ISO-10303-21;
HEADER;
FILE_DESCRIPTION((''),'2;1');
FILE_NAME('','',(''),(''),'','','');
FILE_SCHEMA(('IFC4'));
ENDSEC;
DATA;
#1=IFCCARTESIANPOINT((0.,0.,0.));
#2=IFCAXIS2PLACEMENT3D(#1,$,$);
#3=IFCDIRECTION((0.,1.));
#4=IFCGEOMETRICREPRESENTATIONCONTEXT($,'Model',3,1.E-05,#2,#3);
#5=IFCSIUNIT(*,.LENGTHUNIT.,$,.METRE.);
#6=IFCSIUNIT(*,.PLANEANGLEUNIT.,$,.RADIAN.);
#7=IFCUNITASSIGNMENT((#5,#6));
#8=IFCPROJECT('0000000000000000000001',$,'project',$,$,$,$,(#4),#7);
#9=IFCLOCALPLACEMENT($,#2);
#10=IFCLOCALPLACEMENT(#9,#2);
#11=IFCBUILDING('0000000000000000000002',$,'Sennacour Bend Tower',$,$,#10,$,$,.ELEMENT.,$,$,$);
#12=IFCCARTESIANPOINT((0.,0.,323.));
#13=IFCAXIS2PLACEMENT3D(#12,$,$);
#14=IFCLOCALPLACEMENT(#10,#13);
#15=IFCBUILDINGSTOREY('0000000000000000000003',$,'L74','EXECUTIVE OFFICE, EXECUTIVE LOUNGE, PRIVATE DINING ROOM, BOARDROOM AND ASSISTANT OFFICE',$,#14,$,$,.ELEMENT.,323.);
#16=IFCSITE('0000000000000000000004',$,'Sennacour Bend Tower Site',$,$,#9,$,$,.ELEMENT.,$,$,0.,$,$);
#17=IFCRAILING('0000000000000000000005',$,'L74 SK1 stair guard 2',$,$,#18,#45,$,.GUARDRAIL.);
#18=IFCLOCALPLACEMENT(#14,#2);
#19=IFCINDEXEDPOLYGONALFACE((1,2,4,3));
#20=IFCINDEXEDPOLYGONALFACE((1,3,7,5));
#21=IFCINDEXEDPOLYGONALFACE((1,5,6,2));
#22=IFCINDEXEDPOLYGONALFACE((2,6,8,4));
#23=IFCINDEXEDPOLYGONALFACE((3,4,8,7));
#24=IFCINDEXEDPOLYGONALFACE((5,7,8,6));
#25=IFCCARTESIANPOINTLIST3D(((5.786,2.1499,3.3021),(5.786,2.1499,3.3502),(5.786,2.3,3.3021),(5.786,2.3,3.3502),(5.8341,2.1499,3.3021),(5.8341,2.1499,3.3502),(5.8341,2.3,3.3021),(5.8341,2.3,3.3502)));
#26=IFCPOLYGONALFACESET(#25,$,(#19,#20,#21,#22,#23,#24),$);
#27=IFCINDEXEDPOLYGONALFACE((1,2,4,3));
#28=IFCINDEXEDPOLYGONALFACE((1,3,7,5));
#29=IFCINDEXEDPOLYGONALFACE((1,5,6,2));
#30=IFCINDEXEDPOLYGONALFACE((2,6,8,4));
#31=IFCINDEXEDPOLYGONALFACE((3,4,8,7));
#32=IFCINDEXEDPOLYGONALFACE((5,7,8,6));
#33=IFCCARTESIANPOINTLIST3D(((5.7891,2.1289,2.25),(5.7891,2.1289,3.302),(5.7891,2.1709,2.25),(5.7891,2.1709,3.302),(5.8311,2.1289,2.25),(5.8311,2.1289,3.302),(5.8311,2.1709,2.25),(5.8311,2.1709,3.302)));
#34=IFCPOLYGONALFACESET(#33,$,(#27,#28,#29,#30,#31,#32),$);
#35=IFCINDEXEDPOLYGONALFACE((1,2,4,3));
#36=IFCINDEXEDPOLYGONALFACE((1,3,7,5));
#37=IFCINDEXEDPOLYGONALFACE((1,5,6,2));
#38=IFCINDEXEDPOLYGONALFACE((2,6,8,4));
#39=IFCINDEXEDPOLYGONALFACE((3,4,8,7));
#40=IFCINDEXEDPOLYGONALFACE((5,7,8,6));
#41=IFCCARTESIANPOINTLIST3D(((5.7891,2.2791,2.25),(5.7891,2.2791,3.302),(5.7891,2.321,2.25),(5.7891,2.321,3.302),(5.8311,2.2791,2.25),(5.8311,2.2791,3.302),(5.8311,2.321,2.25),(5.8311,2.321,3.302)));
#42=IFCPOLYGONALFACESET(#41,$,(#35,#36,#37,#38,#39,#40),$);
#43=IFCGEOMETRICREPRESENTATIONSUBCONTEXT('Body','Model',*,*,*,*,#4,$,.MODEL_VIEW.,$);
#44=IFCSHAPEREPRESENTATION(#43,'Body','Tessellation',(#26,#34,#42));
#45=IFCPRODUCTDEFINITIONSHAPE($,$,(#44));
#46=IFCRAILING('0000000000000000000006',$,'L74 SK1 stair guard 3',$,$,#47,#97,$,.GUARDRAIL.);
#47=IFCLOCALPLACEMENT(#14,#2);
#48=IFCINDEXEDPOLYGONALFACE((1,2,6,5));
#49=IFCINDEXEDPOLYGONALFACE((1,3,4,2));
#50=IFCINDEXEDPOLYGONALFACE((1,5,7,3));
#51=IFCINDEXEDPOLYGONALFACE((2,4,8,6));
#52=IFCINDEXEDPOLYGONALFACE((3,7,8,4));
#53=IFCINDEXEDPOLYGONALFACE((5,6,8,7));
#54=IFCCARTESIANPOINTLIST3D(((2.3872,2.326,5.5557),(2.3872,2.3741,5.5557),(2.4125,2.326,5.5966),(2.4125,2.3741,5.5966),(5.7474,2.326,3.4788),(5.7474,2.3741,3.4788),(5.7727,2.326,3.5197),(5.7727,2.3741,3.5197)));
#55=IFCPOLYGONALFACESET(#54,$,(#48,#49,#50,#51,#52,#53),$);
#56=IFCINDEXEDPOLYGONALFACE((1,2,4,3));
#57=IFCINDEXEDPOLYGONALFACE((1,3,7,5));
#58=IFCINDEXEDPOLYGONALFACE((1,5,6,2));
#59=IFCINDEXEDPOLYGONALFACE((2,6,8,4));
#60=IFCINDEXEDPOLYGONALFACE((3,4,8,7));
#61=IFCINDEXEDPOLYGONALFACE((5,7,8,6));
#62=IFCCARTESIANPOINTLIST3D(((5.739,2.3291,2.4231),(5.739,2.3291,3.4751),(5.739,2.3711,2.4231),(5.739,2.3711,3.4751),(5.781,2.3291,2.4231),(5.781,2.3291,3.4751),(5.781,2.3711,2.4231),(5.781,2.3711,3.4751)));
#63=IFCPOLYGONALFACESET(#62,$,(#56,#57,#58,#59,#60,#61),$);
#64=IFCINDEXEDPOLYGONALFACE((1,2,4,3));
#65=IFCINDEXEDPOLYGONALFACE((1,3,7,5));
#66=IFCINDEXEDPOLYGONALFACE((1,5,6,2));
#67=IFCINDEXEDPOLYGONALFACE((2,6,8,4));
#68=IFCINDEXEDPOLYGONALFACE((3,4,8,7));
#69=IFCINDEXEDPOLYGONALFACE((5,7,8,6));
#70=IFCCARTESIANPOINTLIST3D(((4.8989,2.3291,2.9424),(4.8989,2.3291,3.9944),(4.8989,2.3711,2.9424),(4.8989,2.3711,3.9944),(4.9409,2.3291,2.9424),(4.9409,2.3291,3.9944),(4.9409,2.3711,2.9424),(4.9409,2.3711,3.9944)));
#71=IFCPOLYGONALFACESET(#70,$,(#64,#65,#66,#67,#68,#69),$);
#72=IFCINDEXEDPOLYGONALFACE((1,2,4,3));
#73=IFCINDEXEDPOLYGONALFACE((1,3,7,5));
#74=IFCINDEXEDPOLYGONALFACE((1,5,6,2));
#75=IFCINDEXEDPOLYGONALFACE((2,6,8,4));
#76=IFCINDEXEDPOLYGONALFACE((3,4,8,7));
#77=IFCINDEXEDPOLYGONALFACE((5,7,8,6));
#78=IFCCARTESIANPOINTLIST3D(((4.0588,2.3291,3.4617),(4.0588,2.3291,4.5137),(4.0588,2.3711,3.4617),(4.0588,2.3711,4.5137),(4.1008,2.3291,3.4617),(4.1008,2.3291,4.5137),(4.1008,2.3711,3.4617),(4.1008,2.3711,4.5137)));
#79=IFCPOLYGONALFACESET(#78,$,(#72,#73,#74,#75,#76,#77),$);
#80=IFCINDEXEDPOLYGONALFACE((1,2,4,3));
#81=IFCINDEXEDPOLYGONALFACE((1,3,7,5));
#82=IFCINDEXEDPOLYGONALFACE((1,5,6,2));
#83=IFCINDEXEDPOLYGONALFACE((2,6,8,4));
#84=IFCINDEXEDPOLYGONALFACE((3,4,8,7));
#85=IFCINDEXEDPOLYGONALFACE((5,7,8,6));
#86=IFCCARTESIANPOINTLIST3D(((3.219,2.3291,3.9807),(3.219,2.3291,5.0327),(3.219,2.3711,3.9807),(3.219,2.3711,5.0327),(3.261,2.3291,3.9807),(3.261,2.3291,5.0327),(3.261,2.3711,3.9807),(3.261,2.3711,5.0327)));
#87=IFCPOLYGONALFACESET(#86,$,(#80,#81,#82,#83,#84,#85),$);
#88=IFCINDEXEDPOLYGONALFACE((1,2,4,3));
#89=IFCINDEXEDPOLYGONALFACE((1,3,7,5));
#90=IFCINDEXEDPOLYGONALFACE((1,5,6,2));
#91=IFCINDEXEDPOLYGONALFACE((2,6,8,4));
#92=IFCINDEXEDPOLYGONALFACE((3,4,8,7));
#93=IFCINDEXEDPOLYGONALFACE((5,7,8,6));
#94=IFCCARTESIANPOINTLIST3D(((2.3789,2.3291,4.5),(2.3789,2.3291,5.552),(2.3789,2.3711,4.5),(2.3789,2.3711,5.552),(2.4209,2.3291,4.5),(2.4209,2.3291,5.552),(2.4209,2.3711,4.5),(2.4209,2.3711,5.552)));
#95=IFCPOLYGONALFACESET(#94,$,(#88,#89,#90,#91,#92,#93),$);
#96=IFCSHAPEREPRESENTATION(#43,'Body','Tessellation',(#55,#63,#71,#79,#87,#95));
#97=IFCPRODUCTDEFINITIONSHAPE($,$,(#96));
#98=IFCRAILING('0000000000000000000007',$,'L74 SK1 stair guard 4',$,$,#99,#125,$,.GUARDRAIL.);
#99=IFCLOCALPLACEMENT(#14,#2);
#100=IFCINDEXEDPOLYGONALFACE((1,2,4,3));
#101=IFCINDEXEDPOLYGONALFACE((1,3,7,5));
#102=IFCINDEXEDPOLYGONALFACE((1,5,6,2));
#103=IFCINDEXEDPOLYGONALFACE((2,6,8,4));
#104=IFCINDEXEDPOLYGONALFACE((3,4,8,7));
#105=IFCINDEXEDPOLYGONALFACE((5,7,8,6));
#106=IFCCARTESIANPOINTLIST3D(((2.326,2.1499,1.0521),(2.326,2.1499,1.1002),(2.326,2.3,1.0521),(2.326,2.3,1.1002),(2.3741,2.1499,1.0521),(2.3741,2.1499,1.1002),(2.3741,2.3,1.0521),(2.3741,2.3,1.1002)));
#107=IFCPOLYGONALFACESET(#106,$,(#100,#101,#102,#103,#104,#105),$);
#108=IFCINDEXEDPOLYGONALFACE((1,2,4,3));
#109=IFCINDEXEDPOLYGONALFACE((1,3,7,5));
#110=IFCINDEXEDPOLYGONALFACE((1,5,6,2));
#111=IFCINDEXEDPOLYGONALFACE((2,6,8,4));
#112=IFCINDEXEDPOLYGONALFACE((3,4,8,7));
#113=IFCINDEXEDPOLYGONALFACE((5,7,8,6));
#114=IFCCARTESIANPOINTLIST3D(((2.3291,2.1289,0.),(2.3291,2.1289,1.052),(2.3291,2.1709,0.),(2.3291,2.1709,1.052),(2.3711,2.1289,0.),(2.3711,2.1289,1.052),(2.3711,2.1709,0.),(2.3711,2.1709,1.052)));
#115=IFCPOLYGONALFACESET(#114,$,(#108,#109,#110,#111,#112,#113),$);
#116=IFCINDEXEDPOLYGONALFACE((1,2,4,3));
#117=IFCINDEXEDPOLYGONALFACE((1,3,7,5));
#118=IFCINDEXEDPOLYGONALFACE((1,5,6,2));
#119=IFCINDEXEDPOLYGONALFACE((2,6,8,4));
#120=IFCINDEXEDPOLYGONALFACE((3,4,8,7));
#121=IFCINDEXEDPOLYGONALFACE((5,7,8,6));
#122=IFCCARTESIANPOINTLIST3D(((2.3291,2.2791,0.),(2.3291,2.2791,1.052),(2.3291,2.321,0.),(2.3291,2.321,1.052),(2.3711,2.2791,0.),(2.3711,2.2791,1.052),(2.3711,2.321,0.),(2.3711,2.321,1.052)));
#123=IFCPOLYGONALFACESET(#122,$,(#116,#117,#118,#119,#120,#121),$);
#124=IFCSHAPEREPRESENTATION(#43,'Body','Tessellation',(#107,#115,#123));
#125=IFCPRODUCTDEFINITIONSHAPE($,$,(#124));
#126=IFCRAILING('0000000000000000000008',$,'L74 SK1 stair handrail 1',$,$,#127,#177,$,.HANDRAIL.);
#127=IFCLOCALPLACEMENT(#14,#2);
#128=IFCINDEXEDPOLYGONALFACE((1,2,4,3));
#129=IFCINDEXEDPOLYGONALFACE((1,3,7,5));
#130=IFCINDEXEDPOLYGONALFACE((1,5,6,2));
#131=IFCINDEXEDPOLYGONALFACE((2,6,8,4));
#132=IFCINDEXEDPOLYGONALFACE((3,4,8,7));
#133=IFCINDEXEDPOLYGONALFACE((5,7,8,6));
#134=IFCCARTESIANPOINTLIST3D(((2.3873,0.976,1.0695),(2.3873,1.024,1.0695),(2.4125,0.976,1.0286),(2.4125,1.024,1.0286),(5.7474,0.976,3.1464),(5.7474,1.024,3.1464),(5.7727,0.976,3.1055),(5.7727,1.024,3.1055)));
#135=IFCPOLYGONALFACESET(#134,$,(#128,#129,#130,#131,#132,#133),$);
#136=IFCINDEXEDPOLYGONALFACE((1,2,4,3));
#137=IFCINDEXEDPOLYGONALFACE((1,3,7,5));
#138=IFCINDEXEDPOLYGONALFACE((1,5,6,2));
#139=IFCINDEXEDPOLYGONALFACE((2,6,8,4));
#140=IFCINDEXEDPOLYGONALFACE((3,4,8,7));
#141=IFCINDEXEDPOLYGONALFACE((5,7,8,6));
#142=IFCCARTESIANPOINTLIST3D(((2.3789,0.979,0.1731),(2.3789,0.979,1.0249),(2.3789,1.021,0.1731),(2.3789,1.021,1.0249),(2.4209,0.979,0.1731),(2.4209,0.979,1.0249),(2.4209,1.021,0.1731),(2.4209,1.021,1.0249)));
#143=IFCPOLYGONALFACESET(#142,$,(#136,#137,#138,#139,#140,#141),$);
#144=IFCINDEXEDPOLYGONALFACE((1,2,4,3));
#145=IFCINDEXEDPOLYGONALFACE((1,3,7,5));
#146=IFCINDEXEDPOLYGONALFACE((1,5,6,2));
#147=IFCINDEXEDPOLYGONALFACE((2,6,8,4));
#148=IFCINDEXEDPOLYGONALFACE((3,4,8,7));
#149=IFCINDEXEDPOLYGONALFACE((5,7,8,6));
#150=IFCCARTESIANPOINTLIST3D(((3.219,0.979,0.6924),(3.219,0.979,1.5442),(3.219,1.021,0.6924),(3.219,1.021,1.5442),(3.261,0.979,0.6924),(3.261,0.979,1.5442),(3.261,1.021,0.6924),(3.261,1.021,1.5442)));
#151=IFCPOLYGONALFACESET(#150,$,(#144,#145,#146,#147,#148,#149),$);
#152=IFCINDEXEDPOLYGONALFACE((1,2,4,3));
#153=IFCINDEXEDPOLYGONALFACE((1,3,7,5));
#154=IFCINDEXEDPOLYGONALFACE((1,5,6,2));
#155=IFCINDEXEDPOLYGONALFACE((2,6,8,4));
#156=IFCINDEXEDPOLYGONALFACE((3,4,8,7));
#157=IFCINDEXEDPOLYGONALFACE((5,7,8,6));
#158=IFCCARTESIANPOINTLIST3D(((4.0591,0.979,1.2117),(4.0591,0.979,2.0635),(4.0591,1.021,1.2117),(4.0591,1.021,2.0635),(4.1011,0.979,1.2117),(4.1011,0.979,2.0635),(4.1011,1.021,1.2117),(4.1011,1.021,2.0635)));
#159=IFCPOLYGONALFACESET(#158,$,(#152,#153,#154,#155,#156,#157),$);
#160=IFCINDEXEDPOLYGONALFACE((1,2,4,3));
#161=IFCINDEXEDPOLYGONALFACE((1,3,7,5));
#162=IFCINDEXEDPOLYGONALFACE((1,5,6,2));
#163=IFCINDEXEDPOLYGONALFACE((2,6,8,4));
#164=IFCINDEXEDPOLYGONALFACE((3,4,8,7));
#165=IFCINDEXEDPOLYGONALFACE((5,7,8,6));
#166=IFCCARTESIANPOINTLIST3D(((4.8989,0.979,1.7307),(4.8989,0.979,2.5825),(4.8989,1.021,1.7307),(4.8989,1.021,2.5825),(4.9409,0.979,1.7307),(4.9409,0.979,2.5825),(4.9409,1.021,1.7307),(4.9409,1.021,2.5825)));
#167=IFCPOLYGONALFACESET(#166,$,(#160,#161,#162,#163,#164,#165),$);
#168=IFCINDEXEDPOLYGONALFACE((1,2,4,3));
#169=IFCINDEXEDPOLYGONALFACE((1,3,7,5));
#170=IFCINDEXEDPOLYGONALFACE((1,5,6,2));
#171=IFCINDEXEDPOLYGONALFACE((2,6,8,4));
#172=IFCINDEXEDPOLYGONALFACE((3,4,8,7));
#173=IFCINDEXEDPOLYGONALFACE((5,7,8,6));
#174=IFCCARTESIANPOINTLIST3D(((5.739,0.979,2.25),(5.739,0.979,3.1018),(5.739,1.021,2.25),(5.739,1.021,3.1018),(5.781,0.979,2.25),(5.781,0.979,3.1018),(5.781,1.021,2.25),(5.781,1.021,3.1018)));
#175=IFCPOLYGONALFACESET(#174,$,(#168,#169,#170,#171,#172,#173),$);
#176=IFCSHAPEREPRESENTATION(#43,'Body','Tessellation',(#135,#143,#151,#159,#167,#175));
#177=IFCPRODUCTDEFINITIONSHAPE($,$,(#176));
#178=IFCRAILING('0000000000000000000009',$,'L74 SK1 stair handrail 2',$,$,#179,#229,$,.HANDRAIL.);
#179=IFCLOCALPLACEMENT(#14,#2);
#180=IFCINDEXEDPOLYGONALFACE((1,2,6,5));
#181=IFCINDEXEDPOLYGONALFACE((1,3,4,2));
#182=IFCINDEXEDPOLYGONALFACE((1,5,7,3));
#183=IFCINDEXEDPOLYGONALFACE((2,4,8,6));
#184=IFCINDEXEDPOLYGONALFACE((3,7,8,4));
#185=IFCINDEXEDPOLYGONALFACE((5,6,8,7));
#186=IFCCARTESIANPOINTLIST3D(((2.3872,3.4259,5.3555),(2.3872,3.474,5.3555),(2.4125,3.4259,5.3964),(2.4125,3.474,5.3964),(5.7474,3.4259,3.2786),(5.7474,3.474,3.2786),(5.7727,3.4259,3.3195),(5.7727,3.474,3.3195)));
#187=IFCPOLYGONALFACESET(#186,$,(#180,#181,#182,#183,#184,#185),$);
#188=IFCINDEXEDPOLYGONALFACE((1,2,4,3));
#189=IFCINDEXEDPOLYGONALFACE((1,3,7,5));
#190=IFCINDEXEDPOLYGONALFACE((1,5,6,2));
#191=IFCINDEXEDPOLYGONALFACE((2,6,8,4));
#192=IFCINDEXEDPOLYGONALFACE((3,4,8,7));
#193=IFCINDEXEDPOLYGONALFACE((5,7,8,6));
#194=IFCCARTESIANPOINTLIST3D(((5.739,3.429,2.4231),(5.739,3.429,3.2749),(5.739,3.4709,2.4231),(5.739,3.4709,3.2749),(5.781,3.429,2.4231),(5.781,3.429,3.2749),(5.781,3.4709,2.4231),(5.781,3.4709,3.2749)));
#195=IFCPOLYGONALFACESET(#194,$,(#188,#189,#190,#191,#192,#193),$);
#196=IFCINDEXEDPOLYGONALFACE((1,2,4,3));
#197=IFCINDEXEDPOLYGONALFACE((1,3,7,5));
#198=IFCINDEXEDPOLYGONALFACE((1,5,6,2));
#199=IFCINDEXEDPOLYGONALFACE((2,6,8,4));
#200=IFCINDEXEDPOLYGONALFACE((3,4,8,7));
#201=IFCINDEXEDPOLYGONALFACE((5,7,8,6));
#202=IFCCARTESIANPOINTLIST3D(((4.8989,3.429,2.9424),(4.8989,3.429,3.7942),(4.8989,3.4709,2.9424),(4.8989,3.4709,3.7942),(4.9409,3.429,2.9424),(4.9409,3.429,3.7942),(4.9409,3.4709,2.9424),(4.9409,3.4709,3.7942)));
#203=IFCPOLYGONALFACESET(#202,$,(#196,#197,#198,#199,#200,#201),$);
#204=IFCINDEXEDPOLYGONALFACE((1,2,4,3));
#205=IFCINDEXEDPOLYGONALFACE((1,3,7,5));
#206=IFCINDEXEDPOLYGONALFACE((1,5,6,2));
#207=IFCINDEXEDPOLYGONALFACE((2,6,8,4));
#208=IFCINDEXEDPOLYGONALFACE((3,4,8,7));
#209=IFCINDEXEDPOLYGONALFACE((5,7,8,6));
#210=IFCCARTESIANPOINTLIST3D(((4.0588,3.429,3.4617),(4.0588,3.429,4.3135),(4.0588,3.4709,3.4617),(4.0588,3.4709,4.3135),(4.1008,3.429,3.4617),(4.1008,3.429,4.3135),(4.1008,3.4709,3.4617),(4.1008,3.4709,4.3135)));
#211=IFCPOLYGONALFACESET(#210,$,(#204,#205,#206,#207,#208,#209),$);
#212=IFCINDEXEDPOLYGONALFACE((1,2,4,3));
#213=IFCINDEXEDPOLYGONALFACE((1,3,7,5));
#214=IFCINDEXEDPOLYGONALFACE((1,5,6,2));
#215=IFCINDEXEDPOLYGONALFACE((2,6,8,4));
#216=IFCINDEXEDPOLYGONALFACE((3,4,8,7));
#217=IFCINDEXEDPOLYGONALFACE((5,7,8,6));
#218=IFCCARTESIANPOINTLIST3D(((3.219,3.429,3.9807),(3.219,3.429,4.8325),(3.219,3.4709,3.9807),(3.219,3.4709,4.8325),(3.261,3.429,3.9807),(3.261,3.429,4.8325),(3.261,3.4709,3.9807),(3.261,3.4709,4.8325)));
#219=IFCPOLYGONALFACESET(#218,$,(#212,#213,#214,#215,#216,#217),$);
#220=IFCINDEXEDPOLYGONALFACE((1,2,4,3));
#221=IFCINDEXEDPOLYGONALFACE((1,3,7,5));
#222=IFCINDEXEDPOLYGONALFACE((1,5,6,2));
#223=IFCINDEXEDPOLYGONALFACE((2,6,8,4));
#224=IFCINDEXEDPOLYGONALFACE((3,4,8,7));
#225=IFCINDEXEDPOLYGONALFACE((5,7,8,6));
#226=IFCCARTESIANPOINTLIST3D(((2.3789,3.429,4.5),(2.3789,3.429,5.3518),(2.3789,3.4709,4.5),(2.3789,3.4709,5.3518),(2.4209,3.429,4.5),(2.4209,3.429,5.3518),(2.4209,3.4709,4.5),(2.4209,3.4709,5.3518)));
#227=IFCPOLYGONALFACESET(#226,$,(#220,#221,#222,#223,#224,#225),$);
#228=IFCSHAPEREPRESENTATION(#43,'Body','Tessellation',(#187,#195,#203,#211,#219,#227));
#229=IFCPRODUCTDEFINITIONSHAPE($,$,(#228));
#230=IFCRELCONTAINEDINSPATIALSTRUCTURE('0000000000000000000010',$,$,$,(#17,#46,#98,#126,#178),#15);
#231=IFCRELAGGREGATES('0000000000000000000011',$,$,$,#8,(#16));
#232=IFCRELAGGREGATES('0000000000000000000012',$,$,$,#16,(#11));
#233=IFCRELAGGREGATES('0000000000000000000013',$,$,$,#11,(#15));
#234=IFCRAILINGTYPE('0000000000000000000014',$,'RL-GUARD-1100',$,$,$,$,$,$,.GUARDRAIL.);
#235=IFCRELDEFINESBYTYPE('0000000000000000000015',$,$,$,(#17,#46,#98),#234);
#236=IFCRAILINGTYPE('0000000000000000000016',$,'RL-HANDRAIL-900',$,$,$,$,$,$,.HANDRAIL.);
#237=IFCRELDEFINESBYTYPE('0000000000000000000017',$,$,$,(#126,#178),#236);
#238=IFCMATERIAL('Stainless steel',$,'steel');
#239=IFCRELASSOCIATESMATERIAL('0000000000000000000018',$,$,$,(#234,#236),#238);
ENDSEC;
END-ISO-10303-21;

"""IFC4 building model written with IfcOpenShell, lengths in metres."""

from ifc_helpers import new_model, si_unit, direction, frame, origin, origin_2d, place, context, subcontext, project, spatial, rectangle, extrude, material, type_object, element, save


model = new_model("IFC4")

# Units and contexts
model_context = context("Model", 3, precision=1e-05, world=origin(), true_north=direction((0.0, 1.0)))
body_context = subcontext(model_context, "Body", "Model", "MODEL_VIEW")
ifc_project = project(units=[si_unit("LENGTHUNIT", "METRE"), si_unit("PLANEANGLEUNIT", "RADIAN")], contexts=[model_context])

# Site, building, storey
site_placement = place(None, origin())
site = spatial("IfcSite", under=ifc_project, at=site_placement, Name="Sennacour Bend Tower Site", CompositionType="ELEMENT", RefElevation=0.0)
building_placement = place(site_placement, origin())
building = spatial("IfcBuilding", under=site, at=building_placement, Name="Sennacour Bend Tower", CompositionType="ELEMENT")
storey_placement = place(building_placement, frame((0.0, 0.0, 323.0)))
storey = spatial("IfcBuildingStorey", under=building, at=storey_placement, Name="L74", Description="EXECUTIVE OFFICE, EXECUTIVE LOUNGE, PRIVATE DINING ROOM, BOARDROOM AND ASSISTANT OFFICE", CompositionType="ELEMENT", Elevation=323.0)

# Railings
ifc_material_1 = material(Name="Stainless steel", Category="steel")
railing_type_1 = type_object("IfcRailingType", Name="RL-GUARD-1100", PredefinedType="GUARDRAIL", material=ifc_material_1)
railing_1_placement = place(storey_placement, frame((5.8101, 2.1499, 2.25)))
element("IfcRailing", 1, at=railing_1_placement, inside=storey, type_object=railing_type_1, Name="L74 SK1 stair guard 2", PredefinedType="GUARDRAIL", context=body_context, shape_type="SweptSolid", body=[
    extrude(rectangle(XDim=0.0481, YDim=0.0481, at=origin_2d()), frame((0.0, 0.0, 1.0762), z_axis=(0.0, 1.0, 0.0), x_axis=(-1.0, 0.0, 0.0)), (0.0, 0.0, 1.0), 0.1501),
    extrude(rectangle(XDim=0.042, YDim=0.042, at=origin_2d()), origin(), (0.0, 0.0, 1.0), 1.052),
    extrude(rectangle(XDim=0.042, YDim=0.042, at=origin_2d()), frame((0.0, 0.1501, 0.0)), (0.0, 0.0, 1.0), 1.052),
])
railing_2_placement = place(storey_placement, frame((5.76, 2.3501, 2.4231)))
element("IfcRailing", 2, at=railing_2_placement, inside=storey, type_object=railing_type_1, Name="L74 SK1 stair guard 3", PredefinedType="GUARDRAIL", context=body_context, shape_type="SweptSolid", body=[
    extrude(rectangle(XDim=0.0481, YDim=0.0481, at=origin_2d()), frame((0.0, 0.0, 1.0762), z_axis=(-0.850623, 0.0, 0.525776), x_axis=(0.0, -1.0, 0.0)), (0.0, 0.0, 1.0), 3.9502),
    extrude(rectangle(XDim=0.042, YDim=0.042, at=origin_2d()), origin(), (0.0, 0.0, 1.0), 1.052),
    extrude(rectangle(XDim=0.042, YDim=0.042, at=origin_2d()), frame((-0.8401, 0.0, 0.5193)), (0.0, 0.0, 1.0), 1.052),
    extrude(rectangle(XDim=0.042, YDim=0.042, at=origin_2d()), frame((-1.6802, 0.0, 1.0386)), (0.0, 0.0, 1.0), 1.052),
    extrude(rectangle(XDim=0.042, YDim=0.042, at=origin_2d()), frame((-2.52, 0.0, 1.5576)), (0.0, 0.0, 1.0), 1.052),
    extrude(rectangle(XDim=0.042, YDim=0.042, at=origin_2d()), frame((-3.3601, 0.0, 2.0769)), (0.0, 0.0, 1.0), 1.052),
])
railing_3_placement = place(storey_placement, frame((2.3501, 2.1499, 0.0)))
element("IfcRailing", 3, at=railing_3_placement, inside=storey, type_object=railing_type_1, Name="L74 SK1 stair guard 4", PredefinedType="GUARDRAIL", context=body_context, shape_type="SweptSolid", body=[
    extrude(rectangle(XDim=0.0481, YDim=0.0481, at=origin_2d()), frame((0.0, 0.0, 1.0762), z_axis=(0.0, 1.0, 0.0), x_axis=(-1.0, 0.0, 0.0)), (0.0, 0.0, 1.0), 0.1501),
    extrude(rectangle(XDim=0.042, YDim=0.042, at=origin_2d()), origin(), (0.0, 0.0, 1.0), 1.052),
    extrude(rectangle(XDim=0.042, YDim=0.042, at=origin_2d()), frame((0.0, 0.1501, 0.0)), (0.0, 0.0, 1.0), 1.052),
])
railing_type_2 = type_object("IfcRailingType", Name="RL-HANDRAIL-900", PredefinedType="HANDRAIL", material=ifc_material_1)
railing_4_placement = place(storey_placement, frame((2.3999, 1.0, 0.1731)))
element("IfcRailing", 4, at=railing_4_placement, inside=storey, type_object=railing_type_2, Name="L74 SK1 stair handrail 1", PredefinedType="HANDRAIL", context=body_context, shape_type="SweptSolid", body=[
    extrude(rectangle(XDim=0.0481, YDim=0.0481, at=origin_2d()), frame((0.0, 0.0, 0.876), z_axis=(0.850623, 0.0, 0.525776), x_axis=(0.0, 1.0, 0.0)), (0.0, 0.0, 1.0), 3.9502),
    extrude(rectangle(XDim=0.042, YDim=0.042, at=origin_2d()), origin(), (0.0, 0.0, 1.0), 0.8518),
    extrude(rectangle(XDim=0.042, YDim=0.042, at=origin_2d()), frame((0.8401, 0.0, 0.5193)), (0.0, 0.0, 1.0), 0.8518),
    extrude(rectangle(XDim=0.042, YDim=0.042, at=origin_2d()), frame((1.6802, 0.0, 1.0386)), (0.0, 0.0, 1.0), 0.8518),
    extrude(rectangle(XDim=0.042, YDim=0.042, at=origin_2d()), frame((2.52, 0.0, 1.5576)), (0.0, 0.0, 1.0), 0.8518),
    extrude(rectangle(XDim=0.042, YDim=0.042, at=origin_2d()), frame((3.3601, 0.0, 2.0769)), (0.0, 0.0, 1.0), 0.8518),
])
railing_5_placement = place(storey_placement, frame((5.76, 3.45, 2.4231)))
element("IfcRailing", 5, at=railing_5_placement, inside=storey, type_object=railing_type_2, Name="L74 SK1 stair handrail 2", PredefinedType="HANDRAIL", context=body_context, shape_type="SweptSolid", body=[
    extrude(rectangle(XDim=0.0481, YDim=0.0481, at=origin_2d()), frame((0.0, 0.0, 0.876), z_axis=(-0.850623, 0.0, 0.525776), x_axis=(0.0, -1.0, 0.0)), (0.0, 0.0, 1.0), 3.9502),
    extrude(rectangle(XDim=0.042, YDim=0.042, at=origin_2d()), origin(), (0.0, 0.0, 1.0), 0.8518),
    extrude(rectangle(XDim=0.042, YDim=0.042, at=origin_2d()), frame((-0.8401, 0.0, 0.5193)), (0.0, 0.0, 1.0), 0.8518),
    extrude(rectangle(XDim=0.042, YDim=0.042, at=origin_2d()), frame((-1.6802, 0.0, 1.0386)), (0.0, 0.0, 1.0), 0.8518),
    extrude(rectangle(XDim=0.042, YDim=0.042, at=origin_2d()), frame((-2.52, 0.0, 1.5576)), (0.0, 0.0, 1.0), 0.8518),
    extrude(rectangle(XDim=0.042, YDim=0.042, at=origin_2d()), frame((-3.3601, 0.0, 2.0769)), (0.0, 0.0, 1.0), 0.8518),
])

save(model, "model.ifc")
